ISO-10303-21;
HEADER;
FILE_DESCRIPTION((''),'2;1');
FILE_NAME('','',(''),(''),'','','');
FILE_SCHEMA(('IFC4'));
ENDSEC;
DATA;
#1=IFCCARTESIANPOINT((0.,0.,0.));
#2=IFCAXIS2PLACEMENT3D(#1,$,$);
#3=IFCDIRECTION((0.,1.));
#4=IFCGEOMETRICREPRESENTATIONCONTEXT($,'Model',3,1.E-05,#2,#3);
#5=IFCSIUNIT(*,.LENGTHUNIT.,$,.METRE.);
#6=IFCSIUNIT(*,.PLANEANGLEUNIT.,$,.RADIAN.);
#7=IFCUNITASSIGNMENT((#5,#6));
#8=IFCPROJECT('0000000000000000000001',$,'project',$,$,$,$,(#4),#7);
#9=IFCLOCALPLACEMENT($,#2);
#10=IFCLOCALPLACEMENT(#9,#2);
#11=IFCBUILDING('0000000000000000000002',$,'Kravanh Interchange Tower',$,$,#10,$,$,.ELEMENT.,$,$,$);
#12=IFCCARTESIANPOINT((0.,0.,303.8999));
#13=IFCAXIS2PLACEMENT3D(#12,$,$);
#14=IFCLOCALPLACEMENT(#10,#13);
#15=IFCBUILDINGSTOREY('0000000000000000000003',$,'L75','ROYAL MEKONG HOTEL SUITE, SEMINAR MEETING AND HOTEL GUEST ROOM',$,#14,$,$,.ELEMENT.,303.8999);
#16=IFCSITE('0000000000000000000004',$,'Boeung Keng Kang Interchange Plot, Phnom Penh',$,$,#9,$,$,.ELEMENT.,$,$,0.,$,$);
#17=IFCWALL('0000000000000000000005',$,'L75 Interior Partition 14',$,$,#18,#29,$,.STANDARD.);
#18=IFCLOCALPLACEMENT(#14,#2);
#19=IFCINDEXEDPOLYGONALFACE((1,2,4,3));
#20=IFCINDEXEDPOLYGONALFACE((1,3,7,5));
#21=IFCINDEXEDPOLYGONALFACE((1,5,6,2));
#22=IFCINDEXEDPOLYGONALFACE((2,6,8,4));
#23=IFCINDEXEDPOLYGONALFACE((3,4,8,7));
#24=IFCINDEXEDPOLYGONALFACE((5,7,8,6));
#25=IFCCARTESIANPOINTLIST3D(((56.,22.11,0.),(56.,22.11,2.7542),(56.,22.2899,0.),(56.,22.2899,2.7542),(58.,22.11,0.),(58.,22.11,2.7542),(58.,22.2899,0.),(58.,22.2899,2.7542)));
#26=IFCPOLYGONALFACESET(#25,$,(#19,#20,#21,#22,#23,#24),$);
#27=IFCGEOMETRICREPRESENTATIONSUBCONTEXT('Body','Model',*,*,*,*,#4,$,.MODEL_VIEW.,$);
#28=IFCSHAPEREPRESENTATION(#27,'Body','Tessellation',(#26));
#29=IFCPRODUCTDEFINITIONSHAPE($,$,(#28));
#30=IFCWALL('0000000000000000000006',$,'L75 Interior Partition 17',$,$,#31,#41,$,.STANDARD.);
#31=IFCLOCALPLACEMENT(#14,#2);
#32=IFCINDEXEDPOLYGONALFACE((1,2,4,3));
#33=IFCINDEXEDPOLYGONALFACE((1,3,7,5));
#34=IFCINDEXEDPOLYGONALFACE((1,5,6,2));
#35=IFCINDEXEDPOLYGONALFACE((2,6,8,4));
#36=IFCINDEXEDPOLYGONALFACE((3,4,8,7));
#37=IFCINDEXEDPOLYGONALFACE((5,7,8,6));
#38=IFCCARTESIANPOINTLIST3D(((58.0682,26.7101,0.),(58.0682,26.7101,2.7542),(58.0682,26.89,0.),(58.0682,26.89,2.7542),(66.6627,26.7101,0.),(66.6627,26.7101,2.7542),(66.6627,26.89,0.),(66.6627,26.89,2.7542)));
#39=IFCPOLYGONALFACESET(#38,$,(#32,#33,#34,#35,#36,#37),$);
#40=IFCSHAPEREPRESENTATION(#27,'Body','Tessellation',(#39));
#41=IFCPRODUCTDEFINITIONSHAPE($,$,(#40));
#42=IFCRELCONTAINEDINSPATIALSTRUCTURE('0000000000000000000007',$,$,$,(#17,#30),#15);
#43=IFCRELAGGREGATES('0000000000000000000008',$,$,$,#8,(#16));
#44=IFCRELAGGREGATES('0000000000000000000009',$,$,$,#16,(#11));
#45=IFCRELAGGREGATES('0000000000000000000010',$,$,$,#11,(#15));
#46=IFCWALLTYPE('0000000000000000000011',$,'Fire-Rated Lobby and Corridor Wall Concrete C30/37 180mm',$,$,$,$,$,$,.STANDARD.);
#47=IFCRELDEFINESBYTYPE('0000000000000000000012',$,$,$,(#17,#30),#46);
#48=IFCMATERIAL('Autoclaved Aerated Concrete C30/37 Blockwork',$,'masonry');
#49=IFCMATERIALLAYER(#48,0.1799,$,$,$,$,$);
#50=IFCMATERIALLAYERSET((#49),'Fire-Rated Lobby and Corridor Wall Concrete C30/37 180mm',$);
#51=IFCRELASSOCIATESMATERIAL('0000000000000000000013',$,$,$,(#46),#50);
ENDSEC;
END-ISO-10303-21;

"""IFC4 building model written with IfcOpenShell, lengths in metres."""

from ifc_helpers import new_model, si_unit, direction, frame, frame_2d, origin, place, context, subcontext, project, spatial, rectangle, extrude, material, layer, layer_set, type_object, element, save


model = new_model("IFC4")

# Units and contexts
model_context = context("Model", 3, precision=1e-05, world=origin(), true_north=direction((0.0, 1.0)))
body_context = subcontext(model_context, "Body", "Model", "MODEL_VIEW")
ifc_project = project(units=[si_unit("LENGTHUNIT", "METRE"), si_unit("PLANEANGLEUNIT", "RADIAN")], contexts=[model_context])

# Site, building, storey
site_placement = place(None, origin())
site = spatial("IfcSite", under=ifc_project, at=site_placement, Name="Boeung Keng Kang Interchange Plot, Phnom Penh", CompositionType="ELEMENT", RefElevation=0.0)
building_placement = place(site_placement, origin())
building = spatial("IfcBuilding", under=site, at=building_placement, Name="Kravanh Interchange Tower", CompositionType="ELEMENT")
storey_placement = place(building_placement, frame((0.0, 0.0, 303.8999)))
storey = spatial("IfcBuildingStorey", under=building, at=storey_placement, Name="L75", Description="ROYAL MEKONG HOTEL SUITE, SEMINAR MEETING AND HOTEL GUEST ROOM", CompositionType="ELEMENT", Elevation=303.8999)

# Shared definitions
ifc_material_1 = material(Name="Autoclaved Aerated Concrete C30/37 Blockwork", Category="masonry")
ifc_layer_1 = layer(ifc_material_1, 0.1799)
ifc_layer_set_1 = layer_set([ifc_layer_1], Name="Fire-Rated Lobby and Corridor Wall Concrete C30/37 180mm")
wall_type = type_object("IfcWallType", Name="Fire-Rated Lobby and Corridor Wall Concrete C30/37 180mm", PredefinedType="STANDARD", material=ifc_layer_set_1)

# Walls
wall_1_placement = place(storey_placement, frame((56.0, 22.2, 0.0), z_axis=(0.0, 0.0, 1.0), x_axis=(1.0, 0.0, 0.0)))
element("IfcWall", 1, at=wall_1_placement, inside=storey, type_object=wall_type, Name="L75 Interior Partition 14", PredefinedType="STANDARD", context=body_context, shape_type="SweptSolid", body=[
    extrude(rectangle(XDim=2.0, YDim=0.1799, at=frame_2d((1.0, 0.0))), origin(), (0.0, 0.0, 1.0), 2.7542),
])
wall_2_placement = place(storey_placement, frame((58.0681, 26.8, 0.0), z_axis=(0.0, 0.0, 1.0), x_axis=(1.0, 0.0, 0.0)))
element("IfcWall", 2, at=wall_2_placement, inside=storey, type_object=wall_type, Name="L75 Interior Partition 17", PredefinedType="STANDARD", context=body_context, shape_type="SweptSolid", body=[
    extrude(rectangle(XDim=8.5945, YDim=0.1799, at=frame_2d((4.2974, 0.0))), origin(), (0.0, 0.0, 1.0), 2.7542),
])

save(model, "model.ifc")
